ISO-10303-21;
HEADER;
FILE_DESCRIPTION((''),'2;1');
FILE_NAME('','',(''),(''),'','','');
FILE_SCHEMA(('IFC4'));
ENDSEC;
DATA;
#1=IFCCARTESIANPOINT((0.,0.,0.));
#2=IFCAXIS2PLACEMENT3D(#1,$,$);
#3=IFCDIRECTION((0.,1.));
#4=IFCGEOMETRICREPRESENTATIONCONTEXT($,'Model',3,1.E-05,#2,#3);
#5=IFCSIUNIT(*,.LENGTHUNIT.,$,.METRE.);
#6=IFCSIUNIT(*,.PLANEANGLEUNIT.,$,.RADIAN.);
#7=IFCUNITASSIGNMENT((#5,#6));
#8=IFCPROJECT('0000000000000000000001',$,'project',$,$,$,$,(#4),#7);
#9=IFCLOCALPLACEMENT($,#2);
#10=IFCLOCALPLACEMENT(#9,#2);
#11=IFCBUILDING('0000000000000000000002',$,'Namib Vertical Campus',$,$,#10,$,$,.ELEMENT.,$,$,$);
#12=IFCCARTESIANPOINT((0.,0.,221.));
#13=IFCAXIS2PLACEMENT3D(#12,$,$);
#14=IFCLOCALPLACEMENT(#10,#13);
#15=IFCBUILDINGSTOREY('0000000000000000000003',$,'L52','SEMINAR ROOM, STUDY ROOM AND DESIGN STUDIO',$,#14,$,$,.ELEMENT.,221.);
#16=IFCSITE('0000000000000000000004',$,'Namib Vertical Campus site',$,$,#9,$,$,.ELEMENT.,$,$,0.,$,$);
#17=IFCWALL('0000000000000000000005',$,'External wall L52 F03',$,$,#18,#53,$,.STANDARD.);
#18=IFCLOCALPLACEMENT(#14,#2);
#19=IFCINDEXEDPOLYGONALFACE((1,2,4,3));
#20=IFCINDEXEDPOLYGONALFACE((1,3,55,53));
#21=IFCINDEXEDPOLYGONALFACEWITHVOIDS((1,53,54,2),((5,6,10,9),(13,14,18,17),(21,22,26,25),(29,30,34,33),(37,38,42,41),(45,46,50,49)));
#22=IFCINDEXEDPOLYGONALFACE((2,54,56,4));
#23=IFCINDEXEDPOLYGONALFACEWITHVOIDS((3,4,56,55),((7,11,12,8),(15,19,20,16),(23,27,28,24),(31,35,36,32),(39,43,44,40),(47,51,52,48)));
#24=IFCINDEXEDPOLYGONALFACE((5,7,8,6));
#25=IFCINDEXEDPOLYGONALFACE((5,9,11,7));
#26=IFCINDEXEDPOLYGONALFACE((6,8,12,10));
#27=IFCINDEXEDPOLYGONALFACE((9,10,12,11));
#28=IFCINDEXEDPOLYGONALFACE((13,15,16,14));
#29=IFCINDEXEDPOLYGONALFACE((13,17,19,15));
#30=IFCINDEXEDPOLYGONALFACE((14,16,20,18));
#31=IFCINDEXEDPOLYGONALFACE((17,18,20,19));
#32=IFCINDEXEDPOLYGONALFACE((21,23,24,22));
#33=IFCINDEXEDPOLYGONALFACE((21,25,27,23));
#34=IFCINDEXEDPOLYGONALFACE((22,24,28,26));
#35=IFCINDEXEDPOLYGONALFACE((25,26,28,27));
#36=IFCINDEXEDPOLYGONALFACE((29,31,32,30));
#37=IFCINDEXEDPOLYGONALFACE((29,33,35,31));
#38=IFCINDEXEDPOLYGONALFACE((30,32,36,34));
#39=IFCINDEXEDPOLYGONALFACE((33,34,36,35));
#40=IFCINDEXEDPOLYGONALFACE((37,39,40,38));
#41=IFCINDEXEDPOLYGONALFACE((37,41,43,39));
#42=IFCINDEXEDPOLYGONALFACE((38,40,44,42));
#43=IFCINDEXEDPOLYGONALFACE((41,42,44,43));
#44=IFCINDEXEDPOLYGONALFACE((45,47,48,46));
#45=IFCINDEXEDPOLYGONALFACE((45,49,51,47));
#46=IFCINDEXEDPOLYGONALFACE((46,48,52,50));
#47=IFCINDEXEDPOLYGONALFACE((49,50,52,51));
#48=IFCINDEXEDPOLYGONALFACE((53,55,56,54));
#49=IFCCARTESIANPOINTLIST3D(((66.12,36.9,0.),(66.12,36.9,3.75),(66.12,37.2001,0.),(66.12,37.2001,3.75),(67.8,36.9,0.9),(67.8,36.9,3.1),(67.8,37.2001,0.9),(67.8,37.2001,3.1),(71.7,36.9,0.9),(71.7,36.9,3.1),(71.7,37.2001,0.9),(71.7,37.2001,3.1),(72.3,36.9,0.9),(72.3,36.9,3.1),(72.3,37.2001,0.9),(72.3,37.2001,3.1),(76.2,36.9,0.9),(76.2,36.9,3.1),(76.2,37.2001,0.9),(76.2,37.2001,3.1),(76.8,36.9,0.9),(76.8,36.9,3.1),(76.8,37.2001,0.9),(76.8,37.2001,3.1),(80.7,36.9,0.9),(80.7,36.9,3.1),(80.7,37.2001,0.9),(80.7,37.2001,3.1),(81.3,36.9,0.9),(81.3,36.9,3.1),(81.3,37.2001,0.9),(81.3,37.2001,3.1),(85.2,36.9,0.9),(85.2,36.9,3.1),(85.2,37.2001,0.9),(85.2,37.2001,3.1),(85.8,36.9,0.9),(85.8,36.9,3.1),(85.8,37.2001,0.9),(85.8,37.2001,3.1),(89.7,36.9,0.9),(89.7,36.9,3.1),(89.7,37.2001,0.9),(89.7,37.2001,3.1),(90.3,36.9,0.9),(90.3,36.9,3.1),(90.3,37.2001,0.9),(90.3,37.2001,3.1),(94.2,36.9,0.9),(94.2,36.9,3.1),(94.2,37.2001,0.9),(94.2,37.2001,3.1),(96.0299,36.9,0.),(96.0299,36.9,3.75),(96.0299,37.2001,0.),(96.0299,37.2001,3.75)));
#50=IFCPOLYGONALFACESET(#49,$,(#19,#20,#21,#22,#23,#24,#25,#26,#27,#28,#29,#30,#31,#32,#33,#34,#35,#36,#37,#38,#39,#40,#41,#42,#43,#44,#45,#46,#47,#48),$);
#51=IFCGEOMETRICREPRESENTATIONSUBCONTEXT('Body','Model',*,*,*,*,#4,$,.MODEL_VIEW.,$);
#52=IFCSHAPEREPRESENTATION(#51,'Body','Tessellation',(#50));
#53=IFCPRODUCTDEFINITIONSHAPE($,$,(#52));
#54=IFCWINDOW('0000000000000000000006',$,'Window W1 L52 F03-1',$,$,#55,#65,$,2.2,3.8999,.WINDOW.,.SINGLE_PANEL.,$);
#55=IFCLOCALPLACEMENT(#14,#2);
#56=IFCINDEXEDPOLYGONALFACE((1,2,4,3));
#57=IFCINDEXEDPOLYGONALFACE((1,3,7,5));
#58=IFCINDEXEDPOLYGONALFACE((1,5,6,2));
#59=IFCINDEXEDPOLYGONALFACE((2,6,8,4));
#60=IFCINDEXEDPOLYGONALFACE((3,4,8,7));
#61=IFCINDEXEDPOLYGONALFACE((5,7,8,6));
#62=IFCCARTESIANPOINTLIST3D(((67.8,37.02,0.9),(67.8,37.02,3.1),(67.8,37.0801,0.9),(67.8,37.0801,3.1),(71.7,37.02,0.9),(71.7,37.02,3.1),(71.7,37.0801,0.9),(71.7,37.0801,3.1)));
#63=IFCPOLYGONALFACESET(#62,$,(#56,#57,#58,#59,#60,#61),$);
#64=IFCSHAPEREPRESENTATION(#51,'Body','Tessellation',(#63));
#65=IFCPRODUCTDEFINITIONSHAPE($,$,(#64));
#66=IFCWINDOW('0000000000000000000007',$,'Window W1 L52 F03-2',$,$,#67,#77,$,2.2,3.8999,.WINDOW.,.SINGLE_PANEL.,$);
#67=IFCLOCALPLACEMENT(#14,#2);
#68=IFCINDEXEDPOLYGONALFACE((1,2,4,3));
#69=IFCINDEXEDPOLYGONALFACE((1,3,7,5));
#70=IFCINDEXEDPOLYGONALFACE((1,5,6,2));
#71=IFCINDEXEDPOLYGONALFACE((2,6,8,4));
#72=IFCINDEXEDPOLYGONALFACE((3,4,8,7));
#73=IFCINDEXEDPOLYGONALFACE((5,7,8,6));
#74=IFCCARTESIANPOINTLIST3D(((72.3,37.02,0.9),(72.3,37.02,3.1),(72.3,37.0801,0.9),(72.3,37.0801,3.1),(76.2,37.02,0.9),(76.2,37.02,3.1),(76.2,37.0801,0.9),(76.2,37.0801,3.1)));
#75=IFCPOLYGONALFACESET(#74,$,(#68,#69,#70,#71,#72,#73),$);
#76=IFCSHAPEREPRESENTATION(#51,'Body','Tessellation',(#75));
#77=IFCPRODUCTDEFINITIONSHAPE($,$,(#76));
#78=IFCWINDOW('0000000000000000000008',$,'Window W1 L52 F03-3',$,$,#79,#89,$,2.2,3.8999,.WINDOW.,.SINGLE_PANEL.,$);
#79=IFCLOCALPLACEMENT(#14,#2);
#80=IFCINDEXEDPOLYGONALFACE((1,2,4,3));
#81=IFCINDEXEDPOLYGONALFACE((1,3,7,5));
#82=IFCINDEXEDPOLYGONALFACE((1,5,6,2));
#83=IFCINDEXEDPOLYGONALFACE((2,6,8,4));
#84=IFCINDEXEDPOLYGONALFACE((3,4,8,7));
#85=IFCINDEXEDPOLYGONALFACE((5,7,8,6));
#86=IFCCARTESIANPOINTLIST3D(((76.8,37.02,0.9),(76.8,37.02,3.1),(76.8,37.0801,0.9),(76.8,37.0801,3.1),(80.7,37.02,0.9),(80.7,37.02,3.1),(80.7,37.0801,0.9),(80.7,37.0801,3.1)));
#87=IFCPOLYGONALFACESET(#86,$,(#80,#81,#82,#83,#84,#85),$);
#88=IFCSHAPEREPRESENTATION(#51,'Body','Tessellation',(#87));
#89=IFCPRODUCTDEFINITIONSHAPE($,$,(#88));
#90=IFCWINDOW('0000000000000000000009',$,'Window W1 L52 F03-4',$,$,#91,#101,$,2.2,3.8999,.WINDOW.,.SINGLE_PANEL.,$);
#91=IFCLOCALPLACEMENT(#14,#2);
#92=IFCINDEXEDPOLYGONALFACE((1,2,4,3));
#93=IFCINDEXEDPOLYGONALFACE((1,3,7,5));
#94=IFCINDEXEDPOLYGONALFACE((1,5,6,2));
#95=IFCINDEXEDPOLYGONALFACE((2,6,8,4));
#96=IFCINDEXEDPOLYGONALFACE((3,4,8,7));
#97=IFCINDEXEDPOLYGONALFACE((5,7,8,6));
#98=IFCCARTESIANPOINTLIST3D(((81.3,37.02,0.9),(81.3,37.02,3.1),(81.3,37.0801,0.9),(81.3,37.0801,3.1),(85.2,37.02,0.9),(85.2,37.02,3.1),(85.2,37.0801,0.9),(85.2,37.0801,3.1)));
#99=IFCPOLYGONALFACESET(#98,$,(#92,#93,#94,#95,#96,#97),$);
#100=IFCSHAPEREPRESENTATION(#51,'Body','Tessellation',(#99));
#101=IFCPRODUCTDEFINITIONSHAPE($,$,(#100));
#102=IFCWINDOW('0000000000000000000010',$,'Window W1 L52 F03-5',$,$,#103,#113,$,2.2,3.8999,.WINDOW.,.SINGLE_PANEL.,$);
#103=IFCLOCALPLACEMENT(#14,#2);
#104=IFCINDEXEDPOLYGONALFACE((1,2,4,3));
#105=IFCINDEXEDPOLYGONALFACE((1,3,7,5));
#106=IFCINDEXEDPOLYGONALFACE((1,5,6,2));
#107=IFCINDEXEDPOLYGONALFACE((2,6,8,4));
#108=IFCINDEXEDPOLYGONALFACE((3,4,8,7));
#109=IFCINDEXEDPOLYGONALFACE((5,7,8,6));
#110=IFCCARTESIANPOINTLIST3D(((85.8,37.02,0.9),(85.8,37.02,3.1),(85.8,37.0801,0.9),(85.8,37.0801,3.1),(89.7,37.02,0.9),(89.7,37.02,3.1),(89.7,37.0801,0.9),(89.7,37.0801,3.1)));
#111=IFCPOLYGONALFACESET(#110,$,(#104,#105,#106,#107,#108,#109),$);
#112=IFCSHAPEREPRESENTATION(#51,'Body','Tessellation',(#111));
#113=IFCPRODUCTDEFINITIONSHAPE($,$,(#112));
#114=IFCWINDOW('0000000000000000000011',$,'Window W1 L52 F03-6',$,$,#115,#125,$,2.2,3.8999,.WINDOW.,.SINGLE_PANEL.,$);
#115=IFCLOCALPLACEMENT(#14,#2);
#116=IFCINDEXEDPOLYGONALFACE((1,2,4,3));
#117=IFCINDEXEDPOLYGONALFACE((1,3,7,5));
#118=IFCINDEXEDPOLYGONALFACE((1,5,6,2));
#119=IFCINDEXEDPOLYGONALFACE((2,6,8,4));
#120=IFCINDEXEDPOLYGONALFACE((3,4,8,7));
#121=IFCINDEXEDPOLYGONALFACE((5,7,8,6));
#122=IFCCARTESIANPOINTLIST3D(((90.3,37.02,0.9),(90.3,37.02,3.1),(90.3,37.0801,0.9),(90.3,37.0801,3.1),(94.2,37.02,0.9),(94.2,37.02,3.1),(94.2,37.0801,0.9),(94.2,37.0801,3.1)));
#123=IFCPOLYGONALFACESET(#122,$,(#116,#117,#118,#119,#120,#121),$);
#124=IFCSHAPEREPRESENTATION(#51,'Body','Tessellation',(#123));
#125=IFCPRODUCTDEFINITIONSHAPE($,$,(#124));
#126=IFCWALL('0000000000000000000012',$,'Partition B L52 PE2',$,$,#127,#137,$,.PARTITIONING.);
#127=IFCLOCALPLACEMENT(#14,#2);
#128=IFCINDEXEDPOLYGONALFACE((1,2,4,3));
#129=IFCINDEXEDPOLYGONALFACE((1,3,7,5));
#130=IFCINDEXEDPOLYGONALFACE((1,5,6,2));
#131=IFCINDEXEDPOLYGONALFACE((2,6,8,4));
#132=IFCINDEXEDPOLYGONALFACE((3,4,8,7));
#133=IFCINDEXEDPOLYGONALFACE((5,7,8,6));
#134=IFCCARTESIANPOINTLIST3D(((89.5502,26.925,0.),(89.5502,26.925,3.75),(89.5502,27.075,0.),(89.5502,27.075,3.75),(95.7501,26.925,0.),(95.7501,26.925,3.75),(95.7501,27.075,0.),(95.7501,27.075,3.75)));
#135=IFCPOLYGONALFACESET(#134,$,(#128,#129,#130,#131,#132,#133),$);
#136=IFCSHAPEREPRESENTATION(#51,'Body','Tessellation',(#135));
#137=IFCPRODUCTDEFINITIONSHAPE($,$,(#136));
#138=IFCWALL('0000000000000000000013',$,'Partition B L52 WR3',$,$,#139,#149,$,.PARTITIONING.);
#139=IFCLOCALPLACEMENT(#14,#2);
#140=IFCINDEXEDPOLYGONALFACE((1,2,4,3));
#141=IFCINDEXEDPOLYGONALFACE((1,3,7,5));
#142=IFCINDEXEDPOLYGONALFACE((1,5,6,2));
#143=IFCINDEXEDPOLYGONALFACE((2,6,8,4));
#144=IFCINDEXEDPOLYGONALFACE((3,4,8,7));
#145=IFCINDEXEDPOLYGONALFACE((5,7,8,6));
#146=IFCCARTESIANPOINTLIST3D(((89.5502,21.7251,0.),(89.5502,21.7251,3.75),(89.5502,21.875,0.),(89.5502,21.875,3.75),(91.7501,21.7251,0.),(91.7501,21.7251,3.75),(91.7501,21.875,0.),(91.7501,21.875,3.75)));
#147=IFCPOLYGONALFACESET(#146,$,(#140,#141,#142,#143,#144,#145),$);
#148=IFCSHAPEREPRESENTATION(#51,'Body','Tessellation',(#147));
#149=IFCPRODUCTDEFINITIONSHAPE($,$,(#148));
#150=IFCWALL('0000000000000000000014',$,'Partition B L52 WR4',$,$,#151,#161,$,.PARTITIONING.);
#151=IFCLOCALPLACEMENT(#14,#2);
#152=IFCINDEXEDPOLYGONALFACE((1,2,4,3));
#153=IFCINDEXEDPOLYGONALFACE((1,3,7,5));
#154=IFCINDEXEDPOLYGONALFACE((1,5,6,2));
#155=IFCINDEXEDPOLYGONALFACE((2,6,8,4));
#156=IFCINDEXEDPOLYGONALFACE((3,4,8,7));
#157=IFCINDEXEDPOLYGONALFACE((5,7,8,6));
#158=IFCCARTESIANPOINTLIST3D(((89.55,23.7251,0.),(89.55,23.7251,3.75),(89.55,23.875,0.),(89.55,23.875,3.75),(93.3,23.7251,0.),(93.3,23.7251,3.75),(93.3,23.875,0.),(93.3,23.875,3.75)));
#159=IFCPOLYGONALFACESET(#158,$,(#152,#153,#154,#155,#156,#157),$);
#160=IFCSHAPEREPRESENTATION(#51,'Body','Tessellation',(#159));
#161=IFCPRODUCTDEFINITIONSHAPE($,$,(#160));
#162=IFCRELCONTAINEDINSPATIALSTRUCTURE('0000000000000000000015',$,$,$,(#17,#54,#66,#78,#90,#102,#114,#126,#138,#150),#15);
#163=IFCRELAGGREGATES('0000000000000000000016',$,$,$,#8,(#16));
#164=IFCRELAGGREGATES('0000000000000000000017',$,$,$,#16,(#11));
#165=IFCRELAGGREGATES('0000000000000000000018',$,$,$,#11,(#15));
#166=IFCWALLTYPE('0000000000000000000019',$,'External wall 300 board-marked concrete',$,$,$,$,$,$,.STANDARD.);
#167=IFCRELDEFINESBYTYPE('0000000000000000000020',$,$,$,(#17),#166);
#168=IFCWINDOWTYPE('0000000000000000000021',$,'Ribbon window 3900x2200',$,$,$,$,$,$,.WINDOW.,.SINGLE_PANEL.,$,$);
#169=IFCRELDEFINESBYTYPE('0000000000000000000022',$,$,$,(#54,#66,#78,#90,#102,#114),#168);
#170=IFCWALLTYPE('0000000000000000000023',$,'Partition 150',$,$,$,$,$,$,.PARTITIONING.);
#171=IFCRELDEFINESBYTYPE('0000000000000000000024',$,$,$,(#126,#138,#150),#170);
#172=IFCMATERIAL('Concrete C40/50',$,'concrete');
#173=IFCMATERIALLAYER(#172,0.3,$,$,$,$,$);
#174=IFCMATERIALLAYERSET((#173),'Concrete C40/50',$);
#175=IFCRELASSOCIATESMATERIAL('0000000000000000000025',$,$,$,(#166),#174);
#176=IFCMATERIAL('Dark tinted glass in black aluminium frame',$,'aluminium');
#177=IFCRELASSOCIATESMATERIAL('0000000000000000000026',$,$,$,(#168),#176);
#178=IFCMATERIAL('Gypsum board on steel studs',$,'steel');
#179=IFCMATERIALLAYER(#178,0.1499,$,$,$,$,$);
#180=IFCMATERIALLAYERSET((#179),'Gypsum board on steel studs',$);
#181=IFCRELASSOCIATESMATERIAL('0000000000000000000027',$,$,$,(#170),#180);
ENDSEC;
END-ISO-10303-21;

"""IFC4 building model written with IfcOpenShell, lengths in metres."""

from ifc_helpers import new_model, si_unit, direction, frame, frame_2d, origin, place, context, subcontext, project, spatial, rectangle, extrude, material, layer, layer_set, type_object, element, fill, save


model = new_model("IFC4")

# Units and contexts
model_context = context("Model", 3, precision=1e-05, world=origin(), true_north=direction((0.0, 1.0)))
body_context = subcontext(model_context, "Body", "Model", "MODEL_VIEW")
ifc_project = project(units=[si_unit("LENGTHUNIT", "METRE"), si_unit("PLANEANGLEUNIT", "RADIAN")], contexts=[model_context])

# Site, building, storey
site_placement = place(None, origin())
site = spatial("IfcSite", under=ifc_project, at=site_placement, Name="Namib Vertical Campus site", CompositionType="ELEMENT", RefElevation=0.0)
building_placement = place(site_placement, origin())
building = spatial("IfcBuilding", under=site, at=building_placement, Name="Namib Vertical Campus", CompositionType="ELEMENT")
storey_placement = place(building_placement, frame((0.0, 0.0, 221.0)))
storey = spatial("IfcBuildingStorey", under=building, at=storey_placement, Name="L52", Description="SEMINAR ROOM, STUDY ROOM AND DESIGN STUDIO", CompositionType="ELEMENT", Elevation=221.0)

# Wall, openings, windows
ifc_material_1 = material(Name="Concrete C40/50", Category="concrete")
ifc_layer_1 = layer(ifc_material_1, 0.3)
ifc_layer_set_1 = layer_set([ifc_layer_1], Name="Concrete C40/50")
wall_type_1 = type_object("IfcWallType", Name="External wall 300 board-marked concrete", PredefinedType="STANDARD", material=ifc_layer_set_1)
wall_1_placement = place(storey_placement, frame((96.03, 37.05, 0.0), z_axis=(0.0, 0.0, 1.0), x_axis=(-1.0, 0.0, 0.0)))
wall_1 = element("IfcWall", 1, at=wall_1_placement, inside=storey, type_object=wall_type_1, Name="External wall L52 F03", PredefinedType="STANDARD", context=body_context, shape_type="SweptSolid", body=[
    extrude(rectangle(XDim=29.9099, YDim=0.3, at=frame_2d((14.9551, 0.0))), origin(), (0.0, 0.0, 1.0), 3.75),
])
opening_1_placement = place(wall_1_placement, frame((24.3301, 0.0, 0.8999)))
opening_1 = element("IfcOpeningElement", 2, at=opening_1_placement, cuts=wall_1, PredefinedType="OPENING", context=body_context, shape_type="SweptSolid", body=[
    extrude(rectangle(XDim=3.8999, YDim=2.2, at=frame_2d((1.95, 1.1001))), frame((0.0, 0.1599, 0.0), z_axis=(0.0, -1.0, 0.0), x_axis=(1.0, 0.0, 0.0)), (0.0, 0.0, 1.0), 0.3201),
])
opening_2_placement = place(wall_1_placement, frame((19.8301, 0.0, 0.8999)))
opening_2 = element("IfcOpeningElement", 3, at=opening_2_placement, cuts=wall_1, PredefinedType="OPENING", context=body_context, shape_type="SweptSolid", body=[
    extrude(rectangle(XDim=3.8999, YDim=2.2, at=frame_2d((1.95, 1.1001))), frame((0.0, 0.1599, 0.0), z_axis=(0.0, -1.0, 0.0), x_axis=(1.0, 0.0, 0.0)), (0.0, 0.0, 1.0), 0.3201),
])
opening_3_placement = place(wall_1_placement, frame((15.3301, 0.0, 0.8999)))
opening_3 = element("IfcOpeningElement", 4, at=opening_3_placement, cuts=wall_1, PredefinedType="OPENING", context=body_context, shape_type="SweptSolid", body=[
    extrude(rectangle(XDim=3.8999, YDim=2.2, at=frame_2d((1.95, 1.1001))), frame((0.0, 0.1599, 0.0), z_axis=(0.0, -1.0, 0.0), x_axis=(1.0, 0.0, 0.0)), (0.0, 0.0, 1.0), 0.3201),
])
opening_4_placement = place(wall_1_placement, frame((10.8301, 0.0, 0.8999)))
opening_4 = element("IfcOpeningElement", 5, at=opening_4_placement, cuts=wall_1, PredefinedType="OPENING", context=body_context, shape_type="SweptSolid", body=[
    extrude(rectangle(XDim=3.8999, YDim=2.2, at=frame_2d((1.95, 1.1001))), frame((0.0, 0.1599, 0.0), z_axis=(0.0, -1.0, 0.0), x_axis=(1.0, 0.0, 0.0)), (0.0, 0.0, 1.0), 0.3201),
])
opening_5_placement = place(wall_1_placement, frame((6.3301, 0.0, 0.8999)))
opening_5 = element("IfcOpeningElement", 6, at=opening_5_placement, cuts=wall_1, PredefinedType="OPENING", context=body_context, shape_type="SweptSolid", body=[
    extrude(rectangle(XDim=3.8999, YDim=2.2, at=frame_2d((1.95, 1.1001))), frame((0.0, 0.1599, 0.0), z_axis=(0.0, -1.0, 0.0), x_axis=(1.0, 0.0, 0.0)), (0.0, 0.0, 1.0), 0.3201),
])
opening_6_placement = place(wall_1_placement, frame((1.8301, 0.0, 0.8999)))
opening_6 = element("IfcOpeningElement", 7, at=opening_6_placement, cuts=wall_1, PredefinedType="OPENING", context=body_context, shape_type="SweptSolid", body=[
    extrude(rectangle(XDim=3.8999, YDim=2.2, at=frame_2d((1.95, 1.1001))), frame((0.0, 0.1599, 0.0), z_axis=(0.0, -1.0, 0.0), x_axis=(1.0, 0.0, 0.0)), (0.0, 0.0, 1.0), 0.3201),
])
ifc_material_2 = material(Name="Dark tinted glass in black aluminium frame", Category="aluminium")
window_type = type_object("IfcWindowType", Name="Ribbon window 3900x2200", PartitioningType="SINGLE_PANEL", PredefinedType="WINDOW", material=ifc_material_2)
window_1_placement = place(opening_1_placement, origin())
window_1 = element("IfcWindow", 8, at=window_1_placement, inside=storey, type_object=window_type, Name="Window W1 L52 F03-1", OverallHeight=2.2, OverallWidth=3.8999, PartitioningType="SINGLE_PANEL", PredefinedType="WINDOW", context=body_context, shape_type="SweptSolid", body=[
    extrude(rectangle(XDim=3.8999, YDim=2.2, at=frame_2d((1.95, 1.1001))), frame((0.0, 0.03, 0.0), z_axis=(0.0, -1.0, 0.0), x_axis=(1.0, 0.0, 0.0)), (0.0, 0.0, 1.0), 0.0601),
])
fill(opening_1, window_1)
window_2_placement = place(opening_2_placement, origin())
window_2 = element("IfcWindow", 9, at=window_2_placement, inside=storey, type_object=window_type, Name="Window W1 L52 F03-2", OverallHeight=2.2, OverallWidth=3.8999, PartitioningType="SINGLE_PANEL", PredefinedType="WINDOW", context=body_context, shape_type="SweptSolid", body=[
    extrude(rectangle(XDim=3.8999, YDim=2.2, at=frame_2d((1.95, 1.1001))), frame((0.0, 0.03, 0.0), z_axis=(0.0, -1.0, 0.0), x_axis=(1.0, 0.0, 0.0)), (0.0, 0.0, 1.0), 0.0601),
])
fill(opening_2, window_2)
window_3_placement = place(opening_3_placement, origin())
window_3 = element("IfcWindow", 10, at=window_3_placement, inside=storey, type_object=window_type, Name="Window W1 L52 F03-3", OverallHeight=2.2, OverallWidth=3.8999, PartitioningType="SINGLE_PANEL", PredefinedType="WINDOW", context=body_context, shape_type="SweptSolid", body=[
    extrude(rectangle(XDim=3.8999, YDim=2.2, at=frame_2d((1.95, 1.1001))), frame((0.0, 0.03, 0.0), z_axis=(0.0, -1.0, 0.0), x_axis=(1.0, 0.0, 0.0)), (0.0, 0.0, 1.0), 0.0601),
])
fill(opening_3, window_3)
window_4_placement = place(opening_4_placement, origin())
window_4 = element("IfcWindow", 11, at=window_4_placement, inside=storey, type_object=window_type, Name="Window W1 L52 F03-4", OverallHeight=2.2, OverallWidth=3.8999, PartitioningType="SINGLE_PANEL", PredefinedType="WINDOW", context=body_context, shape_type="SweptSolid", body=[
    extrude(rectangle(XDim=3.8999, YDim=2.2, at=frame_2d((1.95, 1.1001))), frame((0.0, 0.03, 0.0), z_axis=(0.0, -1.0, 0.0), x_axis=(1.0, 0.0, 0.0)), (0.0, 0.0, 1.0), 0.0601),
])
fill(opening_4, window_4)
window_5_placement = place(opening_5_placement, origin())
window_5 = element("IfcWindow", 12, at=window_5_placement, inside=storey, type_object=window_type, Name="Window W1 L52 F03-5", OverallHeight=2.2, OverallWidth=3.8999, PartitioningType="SINGLE_PANEL", PredefinedType="WINDOW", context=body_context, shape_type="SweptSolid", body=[
    extrude(rectangle(XDim=3.8999, YDim=2.2, at=frame_2d((1.95, 1.1001))), frame((0.0, 0.03, 0.0), z_axis=(0.0, -1.0, 0.0), x_axis=(1.0, 0.0, 0.0)), (0.0, 0.0, 1.0), 0.0601),
])
fill(opening_5, window_5)
window_6_placement = place(opening_6_placement, origin())
window_6 = element("IfcWindow", 13, at=window_6_placement, inside=storey, type_object=window_type, Name="Window W1 L52 F03-6", OverallHeight=2.2, OverallWidth=3.8999, PartitioningType="SINGLE_PANEL", PredefinedType="WINDOW", context=body_context, shape_type="SweptSolid", body=[
    extrude(rectangle(XDim=3.8999, YDim=2.2, at=frame_2d((1.95, 1.1001))), frame((0.0, 0.03, 0.0), z_axis=(0.0, -1.0, 0.0), x_axis=(1.0, 0.0, 0.0)), (0.0, 0.0, 1.0), 0.0601),
])
fill(opening_6, window_6)

# Walls
ifc_material_3 = material(Name="Gypsum board on steel studs", Category="steel")
ifc_layer_2 = layer(ifc_material_3, 0.1499)
ifc_layer_set_2 = layer_set([ifc_layer_2], Name="Gypsum board on steel studs")
wall_type_2 = type_object("IfcWallType", Name="Partition 150", PredefinedType="PARTITIONING", material=ifc_layer_set_2)
wall_2_placement = place(storey_placement, frame((89.55, 27.0, 0.0), z_axis=(0.0, 0.0, 1.0), x_axis=(1.0, 0.0, 0.0)))
element("IfcWall", 14, at=wall_2_placement, inside=storey, type_object=wall_type_2, Name="Partition B L52 PE2", PredefinedType="PARTITIONING", context=body_context, shape_type="SweptSolid", body=[
    extrude(rectangle(XDim=6.2, YDim=0.1499, at=frame_2d((3.1001, 0.0))), origin(), (0.0, 0.0, 1.0), 3.75),
])
wall_3_placement = place(storey_placement, frame((89.55, 21.8, 0.0), z_axis=(0.0, 0.0, 1.0), x_axis=(1.0, 0.0, 0.0)))
element("IfcWall", 15, at=wall_3_placement, inside=storey, type_object=wall_type_2, Name="Partition B L52 WR3", PredefinedType="PARTITIONING", context=body_context, shape_type="SweptSolid", body=[
    extrude(rectangle(XDim=2.2, YDim=0.1499, at=frame_2d((1.1001, 0.0))), origin(), (0.0, 0.0, 1.0), 3.75),
])
wall_4_placement = place(storey_placement, frame((89.55, 23.8, 0.0), z_axis=(0.0, 0.0, 1.0), x_axis=(1.0, 0.0, 0.0)))
element("IfcWall", 16, at=wall_4_placement, inside=storey, type_object=wall_type_2, Name="Partition B L52 WR4", PredefinedType="PARTITIONING", context=body_context, shape_type="SweptSolid", body=[
    extrude(rectangle(XDim=3.75, YDim=0.1499, at=frame_2d((1.875, 0.0))), origin(), (0.0, 0.0, 1.0), 3.75),
])

save(model, "model.ifc")
